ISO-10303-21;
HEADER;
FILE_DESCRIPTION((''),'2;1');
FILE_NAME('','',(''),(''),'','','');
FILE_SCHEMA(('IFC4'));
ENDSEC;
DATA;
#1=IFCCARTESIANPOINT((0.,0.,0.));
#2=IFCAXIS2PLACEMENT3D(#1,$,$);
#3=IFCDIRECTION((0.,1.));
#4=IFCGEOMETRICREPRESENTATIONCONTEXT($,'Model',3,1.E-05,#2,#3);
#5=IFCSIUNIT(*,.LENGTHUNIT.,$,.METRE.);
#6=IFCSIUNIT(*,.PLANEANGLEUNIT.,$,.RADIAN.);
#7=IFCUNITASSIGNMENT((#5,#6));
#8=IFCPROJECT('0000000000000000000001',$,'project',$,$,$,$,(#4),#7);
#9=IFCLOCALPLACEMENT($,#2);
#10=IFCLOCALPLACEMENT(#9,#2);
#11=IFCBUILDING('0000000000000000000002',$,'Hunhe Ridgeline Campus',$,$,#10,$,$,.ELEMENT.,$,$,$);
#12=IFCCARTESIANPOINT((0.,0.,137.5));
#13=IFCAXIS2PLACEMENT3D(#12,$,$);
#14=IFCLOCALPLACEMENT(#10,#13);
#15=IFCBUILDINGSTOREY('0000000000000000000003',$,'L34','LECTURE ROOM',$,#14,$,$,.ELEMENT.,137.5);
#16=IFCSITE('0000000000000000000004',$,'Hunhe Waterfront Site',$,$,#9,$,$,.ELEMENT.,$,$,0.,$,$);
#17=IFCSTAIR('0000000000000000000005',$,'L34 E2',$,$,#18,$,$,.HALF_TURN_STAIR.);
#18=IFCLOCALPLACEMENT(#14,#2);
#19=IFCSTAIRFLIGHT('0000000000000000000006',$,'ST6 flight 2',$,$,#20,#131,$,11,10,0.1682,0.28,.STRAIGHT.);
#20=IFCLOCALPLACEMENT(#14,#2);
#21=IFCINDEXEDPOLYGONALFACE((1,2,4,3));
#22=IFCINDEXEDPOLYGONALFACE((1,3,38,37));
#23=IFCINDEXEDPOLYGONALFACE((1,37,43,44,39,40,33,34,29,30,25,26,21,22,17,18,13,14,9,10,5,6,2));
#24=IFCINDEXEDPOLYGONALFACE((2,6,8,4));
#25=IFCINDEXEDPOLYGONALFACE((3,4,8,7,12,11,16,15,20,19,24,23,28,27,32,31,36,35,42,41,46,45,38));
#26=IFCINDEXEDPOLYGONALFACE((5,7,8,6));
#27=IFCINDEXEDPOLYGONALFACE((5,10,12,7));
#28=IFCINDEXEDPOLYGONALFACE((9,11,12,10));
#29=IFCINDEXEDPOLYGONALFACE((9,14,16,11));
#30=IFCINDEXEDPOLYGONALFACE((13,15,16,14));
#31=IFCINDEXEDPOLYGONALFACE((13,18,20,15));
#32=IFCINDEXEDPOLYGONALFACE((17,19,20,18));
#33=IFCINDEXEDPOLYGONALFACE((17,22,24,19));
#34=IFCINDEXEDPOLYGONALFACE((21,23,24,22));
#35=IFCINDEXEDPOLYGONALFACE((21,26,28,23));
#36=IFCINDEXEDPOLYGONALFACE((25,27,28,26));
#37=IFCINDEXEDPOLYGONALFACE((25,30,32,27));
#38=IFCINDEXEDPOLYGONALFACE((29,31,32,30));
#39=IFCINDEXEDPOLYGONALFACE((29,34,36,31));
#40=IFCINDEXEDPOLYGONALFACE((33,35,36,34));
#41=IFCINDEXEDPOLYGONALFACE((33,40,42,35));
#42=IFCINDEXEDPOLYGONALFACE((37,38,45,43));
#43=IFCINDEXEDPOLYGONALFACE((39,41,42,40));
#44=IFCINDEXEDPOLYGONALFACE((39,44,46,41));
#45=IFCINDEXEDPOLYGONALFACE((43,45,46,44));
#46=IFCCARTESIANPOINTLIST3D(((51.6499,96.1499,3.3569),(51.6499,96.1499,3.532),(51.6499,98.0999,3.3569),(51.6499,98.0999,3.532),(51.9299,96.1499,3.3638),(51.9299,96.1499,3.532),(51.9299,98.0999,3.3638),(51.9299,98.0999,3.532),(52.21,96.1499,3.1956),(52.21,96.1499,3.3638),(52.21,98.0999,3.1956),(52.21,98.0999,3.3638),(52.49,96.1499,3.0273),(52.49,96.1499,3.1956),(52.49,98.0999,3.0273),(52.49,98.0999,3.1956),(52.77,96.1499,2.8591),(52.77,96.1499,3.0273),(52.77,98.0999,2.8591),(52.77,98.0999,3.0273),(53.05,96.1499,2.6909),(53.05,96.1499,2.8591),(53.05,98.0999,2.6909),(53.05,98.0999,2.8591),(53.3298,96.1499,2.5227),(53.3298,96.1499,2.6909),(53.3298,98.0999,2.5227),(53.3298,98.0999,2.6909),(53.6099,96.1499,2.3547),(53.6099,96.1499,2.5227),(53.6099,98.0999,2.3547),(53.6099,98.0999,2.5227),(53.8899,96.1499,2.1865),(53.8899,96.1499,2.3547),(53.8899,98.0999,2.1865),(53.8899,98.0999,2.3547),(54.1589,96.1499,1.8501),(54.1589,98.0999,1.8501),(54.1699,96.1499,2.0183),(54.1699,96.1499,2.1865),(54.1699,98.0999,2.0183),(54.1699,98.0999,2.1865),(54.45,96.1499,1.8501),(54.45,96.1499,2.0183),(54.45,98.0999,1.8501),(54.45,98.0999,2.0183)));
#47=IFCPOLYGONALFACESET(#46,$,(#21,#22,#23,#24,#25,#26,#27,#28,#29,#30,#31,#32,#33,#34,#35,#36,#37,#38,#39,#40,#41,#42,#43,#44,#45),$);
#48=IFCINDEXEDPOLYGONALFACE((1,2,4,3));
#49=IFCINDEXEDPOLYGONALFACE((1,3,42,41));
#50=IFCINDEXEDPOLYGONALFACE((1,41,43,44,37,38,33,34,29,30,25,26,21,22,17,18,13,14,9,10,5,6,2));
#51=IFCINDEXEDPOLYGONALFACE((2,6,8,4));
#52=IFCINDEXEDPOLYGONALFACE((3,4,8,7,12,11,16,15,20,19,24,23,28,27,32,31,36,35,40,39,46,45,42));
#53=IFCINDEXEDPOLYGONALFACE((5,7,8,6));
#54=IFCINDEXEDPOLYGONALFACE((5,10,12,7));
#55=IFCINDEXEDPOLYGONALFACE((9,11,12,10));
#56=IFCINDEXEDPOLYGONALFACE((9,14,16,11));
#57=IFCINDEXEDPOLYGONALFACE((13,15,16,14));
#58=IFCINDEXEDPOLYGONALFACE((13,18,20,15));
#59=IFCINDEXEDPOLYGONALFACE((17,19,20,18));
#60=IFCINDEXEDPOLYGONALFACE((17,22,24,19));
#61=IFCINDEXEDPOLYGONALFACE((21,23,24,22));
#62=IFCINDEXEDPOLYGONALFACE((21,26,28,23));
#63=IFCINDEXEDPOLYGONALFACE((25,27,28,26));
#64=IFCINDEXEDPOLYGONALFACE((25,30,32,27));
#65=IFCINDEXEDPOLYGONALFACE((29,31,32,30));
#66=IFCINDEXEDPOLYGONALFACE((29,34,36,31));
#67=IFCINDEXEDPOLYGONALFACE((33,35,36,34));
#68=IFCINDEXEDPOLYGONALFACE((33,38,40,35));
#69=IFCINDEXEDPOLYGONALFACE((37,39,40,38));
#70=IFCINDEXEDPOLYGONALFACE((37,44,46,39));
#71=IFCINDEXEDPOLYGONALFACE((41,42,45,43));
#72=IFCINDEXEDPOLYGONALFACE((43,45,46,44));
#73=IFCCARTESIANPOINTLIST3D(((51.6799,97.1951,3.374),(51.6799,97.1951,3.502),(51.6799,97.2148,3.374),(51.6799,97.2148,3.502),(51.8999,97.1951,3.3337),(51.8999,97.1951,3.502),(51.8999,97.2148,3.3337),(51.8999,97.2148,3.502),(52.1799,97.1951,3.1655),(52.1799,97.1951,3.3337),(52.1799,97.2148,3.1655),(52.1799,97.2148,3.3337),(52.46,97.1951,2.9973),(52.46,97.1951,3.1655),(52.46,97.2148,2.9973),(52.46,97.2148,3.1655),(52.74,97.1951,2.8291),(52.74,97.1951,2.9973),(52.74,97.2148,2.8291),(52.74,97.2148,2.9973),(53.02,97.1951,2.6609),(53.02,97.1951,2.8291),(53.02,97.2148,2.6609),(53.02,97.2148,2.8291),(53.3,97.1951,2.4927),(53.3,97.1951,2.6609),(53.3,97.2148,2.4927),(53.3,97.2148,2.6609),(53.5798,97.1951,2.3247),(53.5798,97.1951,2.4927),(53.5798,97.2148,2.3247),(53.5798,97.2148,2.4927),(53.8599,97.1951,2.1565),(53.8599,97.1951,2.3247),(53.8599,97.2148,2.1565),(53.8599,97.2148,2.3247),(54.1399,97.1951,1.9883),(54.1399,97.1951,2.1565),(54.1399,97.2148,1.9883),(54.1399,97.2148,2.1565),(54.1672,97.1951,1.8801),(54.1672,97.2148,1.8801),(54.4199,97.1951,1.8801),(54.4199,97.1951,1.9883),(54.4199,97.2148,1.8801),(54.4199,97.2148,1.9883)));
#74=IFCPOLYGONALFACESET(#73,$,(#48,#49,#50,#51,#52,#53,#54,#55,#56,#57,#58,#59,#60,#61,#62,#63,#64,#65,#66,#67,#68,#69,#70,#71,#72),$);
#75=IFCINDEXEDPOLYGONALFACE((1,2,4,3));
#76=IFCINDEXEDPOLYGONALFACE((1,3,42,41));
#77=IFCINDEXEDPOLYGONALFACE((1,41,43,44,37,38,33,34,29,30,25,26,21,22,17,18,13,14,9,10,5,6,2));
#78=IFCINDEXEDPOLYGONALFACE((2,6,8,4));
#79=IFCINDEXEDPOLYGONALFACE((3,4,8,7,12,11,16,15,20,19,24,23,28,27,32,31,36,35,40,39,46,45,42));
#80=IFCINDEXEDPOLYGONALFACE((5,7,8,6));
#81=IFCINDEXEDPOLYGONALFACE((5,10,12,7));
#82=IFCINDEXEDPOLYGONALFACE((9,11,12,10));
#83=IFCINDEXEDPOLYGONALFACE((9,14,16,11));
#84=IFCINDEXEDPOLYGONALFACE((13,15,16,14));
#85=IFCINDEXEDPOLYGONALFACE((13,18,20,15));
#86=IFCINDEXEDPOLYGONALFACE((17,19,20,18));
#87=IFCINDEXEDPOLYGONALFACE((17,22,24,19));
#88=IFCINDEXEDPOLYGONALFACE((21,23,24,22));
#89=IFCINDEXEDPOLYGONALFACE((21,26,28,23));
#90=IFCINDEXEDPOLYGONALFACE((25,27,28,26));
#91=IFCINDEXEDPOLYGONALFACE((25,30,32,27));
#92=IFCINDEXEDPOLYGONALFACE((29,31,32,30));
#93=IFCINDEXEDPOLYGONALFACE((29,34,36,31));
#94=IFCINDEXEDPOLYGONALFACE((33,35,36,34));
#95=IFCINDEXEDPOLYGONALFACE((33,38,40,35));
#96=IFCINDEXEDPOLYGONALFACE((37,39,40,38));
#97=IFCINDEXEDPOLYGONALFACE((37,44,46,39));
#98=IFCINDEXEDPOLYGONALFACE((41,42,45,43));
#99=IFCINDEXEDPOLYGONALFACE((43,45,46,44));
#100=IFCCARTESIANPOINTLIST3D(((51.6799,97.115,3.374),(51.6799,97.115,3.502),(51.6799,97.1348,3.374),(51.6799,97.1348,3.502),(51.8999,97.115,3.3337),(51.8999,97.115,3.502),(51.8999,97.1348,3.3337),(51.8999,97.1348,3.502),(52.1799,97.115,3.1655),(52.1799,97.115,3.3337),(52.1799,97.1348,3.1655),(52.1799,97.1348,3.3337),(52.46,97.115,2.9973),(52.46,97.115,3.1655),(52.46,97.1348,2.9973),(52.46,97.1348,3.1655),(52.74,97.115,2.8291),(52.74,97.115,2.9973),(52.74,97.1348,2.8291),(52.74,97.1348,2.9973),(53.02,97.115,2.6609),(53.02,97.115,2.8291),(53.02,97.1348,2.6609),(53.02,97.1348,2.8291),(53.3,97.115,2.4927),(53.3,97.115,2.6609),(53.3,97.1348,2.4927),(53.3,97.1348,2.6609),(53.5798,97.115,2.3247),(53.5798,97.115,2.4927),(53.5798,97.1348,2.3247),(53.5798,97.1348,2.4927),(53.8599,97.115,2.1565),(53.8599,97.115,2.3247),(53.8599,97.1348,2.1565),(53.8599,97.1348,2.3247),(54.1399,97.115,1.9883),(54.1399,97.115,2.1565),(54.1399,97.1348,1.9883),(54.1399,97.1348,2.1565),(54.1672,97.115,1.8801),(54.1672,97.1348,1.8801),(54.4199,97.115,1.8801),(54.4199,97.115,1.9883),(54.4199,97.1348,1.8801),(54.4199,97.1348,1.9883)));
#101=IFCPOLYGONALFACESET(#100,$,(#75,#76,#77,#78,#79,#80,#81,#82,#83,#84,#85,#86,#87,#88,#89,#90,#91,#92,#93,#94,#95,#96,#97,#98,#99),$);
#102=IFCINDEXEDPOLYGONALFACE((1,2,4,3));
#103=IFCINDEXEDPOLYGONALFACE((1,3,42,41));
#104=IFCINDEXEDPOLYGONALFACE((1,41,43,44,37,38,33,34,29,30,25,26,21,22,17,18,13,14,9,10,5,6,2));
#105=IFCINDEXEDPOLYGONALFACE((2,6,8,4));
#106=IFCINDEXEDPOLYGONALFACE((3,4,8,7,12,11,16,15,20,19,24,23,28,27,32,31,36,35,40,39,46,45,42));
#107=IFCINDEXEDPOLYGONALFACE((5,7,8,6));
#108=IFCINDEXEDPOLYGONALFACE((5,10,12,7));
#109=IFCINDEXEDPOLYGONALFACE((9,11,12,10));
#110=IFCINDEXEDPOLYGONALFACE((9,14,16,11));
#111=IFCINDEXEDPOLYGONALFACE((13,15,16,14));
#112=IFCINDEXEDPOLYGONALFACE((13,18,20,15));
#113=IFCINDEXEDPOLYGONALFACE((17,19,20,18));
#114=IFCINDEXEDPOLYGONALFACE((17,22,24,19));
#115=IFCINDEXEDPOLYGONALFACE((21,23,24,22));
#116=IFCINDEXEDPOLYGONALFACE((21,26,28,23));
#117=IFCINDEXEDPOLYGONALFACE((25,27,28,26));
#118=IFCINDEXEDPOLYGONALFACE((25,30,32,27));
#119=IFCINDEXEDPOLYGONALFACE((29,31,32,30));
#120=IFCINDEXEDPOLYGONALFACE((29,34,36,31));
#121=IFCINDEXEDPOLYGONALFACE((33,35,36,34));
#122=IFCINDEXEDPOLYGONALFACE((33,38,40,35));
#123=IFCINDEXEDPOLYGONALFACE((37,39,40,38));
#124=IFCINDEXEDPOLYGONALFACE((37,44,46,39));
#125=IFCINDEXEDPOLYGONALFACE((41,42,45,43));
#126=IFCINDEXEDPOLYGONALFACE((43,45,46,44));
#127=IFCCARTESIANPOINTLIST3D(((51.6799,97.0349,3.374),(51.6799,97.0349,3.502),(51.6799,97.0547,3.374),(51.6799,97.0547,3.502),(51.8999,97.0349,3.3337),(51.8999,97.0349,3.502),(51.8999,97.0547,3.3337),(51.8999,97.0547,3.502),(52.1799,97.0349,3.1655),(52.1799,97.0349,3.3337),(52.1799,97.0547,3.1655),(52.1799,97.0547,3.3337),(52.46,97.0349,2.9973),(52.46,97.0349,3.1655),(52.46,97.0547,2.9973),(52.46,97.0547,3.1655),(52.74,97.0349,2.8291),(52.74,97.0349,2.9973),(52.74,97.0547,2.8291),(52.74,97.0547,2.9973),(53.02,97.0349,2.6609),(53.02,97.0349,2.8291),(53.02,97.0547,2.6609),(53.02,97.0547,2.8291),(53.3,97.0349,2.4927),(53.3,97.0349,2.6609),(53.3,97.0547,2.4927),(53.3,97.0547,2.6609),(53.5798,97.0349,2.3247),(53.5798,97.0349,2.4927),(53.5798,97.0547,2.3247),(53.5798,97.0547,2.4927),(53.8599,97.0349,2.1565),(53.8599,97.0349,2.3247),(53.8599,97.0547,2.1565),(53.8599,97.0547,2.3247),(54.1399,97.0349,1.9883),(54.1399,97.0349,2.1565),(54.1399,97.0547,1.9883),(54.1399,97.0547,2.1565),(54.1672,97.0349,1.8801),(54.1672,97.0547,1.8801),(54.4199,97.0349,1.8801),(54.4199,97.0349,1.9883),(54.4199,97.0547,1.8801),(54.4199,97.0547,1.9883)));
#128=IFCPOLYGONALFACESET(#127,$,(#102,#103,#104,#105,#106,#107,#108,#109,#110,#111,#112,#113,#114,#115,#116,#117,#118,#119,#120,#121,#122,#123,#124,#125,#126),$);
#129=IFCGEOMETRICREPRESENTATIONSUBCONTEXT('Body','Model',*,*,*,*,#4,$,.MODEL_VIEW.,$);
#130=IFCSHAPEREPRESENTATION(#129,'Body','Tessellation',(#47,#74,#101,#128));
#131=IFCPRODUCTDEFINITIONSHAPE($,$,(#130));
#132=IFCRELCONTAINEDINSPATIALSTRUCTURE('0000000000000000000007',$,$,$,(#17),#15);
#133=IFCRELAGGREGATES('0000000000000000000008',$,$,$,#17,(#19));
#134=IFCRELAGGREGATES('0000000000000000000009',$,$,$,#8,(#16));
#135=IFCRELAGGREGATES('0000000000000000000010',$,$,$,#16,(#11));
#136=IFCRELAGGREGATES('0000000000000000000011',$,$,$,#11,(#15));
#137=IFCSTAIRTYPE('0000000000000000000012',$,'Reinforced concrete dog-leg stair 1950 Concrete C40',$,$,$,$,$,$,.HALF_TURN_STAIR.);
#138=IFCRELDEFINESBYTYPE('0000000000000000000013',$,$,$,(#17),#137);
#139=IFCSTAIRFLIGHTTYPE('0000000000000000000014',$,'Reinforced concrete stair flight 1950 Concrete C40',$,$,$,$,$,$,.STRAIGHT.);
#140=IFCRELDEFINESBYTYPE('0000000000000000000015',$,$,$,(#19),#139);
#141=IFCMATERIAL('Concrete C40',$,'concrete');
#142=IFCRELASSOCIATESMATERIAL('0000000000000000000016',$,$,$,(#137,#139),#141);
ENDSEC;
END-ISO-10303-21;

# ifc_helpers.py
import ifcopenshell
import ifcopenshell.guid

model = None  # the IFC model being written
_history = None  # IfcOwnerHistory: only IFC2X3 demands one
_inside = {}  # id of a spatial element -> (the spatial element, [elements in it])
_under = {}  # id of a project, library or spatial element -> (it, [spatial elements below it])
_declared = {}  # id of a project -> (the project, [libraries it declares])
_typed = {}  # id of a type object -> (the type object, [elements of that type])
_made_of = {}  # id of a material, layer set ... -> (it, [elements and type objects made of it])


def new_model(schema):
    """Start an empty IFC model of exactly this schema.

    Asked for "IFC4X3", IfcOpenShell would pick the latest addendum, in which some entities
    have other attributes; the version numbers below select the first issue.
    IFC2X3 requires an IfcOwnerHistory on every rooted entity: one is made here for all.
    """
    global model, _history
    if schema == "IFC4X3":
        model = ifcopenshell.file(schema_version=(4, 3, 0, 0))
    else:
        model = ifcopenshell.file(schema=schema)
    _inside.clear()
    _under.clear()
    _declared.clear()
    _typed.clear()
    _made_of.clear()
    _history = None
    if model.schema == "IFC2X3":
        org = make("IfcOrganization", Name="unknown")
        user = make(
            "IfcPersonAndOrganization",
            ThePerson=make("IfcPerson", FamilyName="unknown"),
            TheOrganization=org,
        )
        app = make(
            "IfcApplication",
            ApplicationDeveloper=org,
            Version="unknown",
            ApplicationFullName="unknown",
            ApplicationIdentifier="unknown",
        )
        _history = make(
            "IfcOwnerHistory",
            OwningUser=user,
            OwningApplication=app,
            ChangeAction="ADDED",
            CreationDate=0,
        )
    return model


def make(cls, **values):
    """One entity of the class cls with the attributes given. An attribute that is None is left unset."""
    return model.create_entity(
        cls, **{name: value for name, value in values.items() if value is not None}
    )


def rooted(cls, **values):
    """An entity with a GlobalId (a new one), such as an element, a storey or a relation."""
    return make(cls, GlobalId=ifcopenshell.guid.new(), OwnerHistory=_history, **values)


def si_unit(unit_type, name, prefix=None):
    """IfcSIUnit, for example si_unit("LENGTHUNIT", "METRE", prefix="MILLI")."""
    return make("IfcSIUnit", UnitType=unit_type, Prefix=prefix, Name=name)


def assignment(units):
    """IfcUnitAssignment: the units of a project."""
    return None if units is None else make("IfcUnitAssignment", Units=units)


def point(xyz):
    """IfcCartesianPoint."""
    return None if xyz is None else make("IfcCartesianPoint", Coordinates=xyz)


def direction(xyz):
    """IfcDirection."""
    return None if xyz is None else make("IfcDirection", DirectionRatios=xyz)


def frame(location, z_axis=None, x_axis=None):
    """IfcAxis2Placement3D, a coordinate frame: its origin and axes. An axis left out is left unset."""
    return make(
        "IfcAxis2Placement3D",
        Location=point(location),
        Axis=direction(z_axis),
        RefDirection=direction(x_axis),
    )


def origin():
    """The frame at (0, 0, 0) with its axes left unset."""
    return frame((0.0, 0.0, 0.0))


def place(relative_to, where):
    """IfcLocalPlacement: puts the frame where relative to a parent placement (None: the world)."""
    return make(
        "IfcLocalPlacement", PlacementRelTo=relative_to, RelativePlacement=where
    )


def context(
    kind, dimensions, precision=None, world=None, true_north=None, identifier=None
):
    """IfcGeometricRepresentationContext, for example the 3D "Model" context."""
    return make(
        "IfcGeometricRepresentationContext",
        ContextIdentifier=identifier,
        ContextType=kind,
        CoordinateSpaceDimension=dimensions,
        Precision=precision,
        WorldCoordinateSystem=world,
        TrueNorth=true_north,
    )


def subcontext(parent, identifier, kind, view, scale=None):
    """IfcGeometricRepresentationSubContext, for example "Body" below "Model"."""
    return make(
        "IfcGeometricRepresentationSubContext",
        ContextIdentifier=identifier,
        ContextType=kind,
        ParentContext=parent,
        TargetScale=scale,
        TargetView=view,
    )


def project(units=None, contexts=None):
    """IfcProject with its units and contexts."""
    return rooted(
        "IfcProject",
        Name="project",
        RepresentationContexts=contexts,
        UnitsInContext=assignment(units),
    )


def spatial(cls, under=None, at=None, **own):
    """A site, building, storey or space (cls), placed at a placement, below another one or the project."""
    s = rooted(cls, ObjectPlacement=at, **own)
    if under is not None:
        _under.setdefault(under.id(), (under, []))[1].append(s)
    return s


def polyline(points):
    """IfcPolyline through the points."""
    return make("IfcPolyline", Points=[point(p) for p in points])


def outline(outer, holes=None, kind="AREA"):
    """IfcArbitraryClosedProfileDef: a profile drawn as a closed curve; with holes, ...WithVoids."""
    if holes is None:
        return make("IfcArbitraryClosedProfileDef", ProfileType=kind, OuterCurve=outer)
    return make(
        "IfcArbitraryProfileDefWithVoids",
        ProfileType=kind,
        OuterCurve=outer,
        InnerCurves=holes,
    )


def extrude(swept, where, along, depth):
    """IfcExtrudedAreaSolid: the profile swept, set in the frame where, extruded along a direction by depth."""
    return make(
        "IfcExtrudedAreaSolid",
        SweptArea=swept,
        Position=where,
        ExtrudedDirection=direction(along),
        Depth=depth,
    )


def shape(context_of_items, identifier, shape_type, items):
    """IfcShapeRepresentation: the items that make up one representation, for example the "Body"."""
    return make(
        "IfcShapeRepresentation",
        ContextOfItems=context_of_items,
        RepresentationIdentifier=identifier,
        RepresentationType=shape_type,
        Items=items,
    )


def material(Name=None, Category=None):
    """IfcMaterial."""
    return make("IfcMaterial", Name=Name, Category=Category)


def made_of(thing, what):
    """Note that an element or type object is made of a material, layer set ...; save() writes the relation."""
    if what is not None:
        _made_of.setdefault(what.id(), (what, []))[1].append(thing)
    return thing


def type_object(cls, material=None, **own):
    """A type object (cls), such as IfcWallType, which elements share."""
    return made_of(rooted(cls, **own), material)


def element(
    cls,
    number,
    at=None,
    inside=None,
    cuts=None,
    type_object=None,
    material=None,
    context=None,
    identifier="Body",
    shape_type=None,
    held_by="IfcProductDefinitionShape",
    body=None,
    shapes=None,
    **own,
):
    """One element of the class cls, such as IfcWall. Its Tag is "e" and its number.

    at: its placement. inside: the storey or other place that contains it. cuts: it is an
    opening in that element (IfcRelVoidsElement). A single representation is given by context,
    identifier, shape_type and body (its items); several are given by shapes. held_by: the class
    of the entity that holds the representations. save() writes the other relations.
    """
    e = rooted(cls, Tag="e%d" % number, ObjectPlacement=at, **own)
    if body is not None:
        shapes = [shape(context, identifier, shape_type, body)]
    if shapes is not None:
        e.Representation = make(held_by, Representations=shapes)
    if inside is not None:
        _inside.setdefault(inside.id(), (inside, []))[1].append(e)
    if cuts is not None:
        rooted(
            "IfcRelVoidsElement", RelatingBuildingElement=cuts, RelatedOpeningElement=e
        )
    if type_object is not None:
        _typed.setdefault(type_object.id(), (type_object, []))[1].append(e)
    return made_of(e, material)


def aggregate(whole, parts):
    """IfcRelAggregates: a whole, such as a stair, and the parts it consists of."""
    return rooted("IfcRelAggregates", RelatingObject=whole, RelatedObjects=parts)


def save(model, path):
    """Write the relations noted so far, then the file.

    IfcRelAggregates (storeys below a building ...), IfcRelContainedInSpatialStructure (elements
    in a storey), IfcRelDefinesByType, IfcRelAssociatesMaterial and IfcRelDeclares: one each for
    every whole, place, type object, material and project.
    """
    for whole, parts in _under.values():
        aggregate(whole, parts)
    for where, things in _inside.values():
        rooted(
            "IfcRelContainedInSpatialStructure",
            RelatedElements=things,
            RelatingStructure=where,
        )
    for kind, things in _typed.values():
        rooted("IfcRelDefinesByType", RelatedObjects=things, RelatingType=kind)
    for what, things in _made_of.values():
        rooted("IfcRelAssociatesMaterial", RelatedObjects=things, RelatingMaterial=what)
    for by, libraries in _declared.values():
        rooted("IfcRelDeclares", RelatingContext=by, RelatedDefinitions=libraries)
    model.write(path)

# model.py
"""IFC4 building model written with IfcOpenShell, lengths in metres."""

from ifc_helpers import new_model, si_unit, direction, frame, origin, place, context, subcontext, project, spatial, polyline, outline, extrude, material, type_object, element, aggregate, save


model = new_model("IFC4")

# Units and contexts
model_context = context("Model", 3, precision=1e-05, world=origin(), true_north=direction((0.0, 1.0)))
body_context = subcontext(model_context, "Body", "Model", "MODEL_VIEW")
ifc_project = project(units=[si_unit("LENGTHUNIT", "METRE"), si_unit("PLANEANGLEUNIT", "RADIAN")], contexts=[model_context])

# Site, building, storey
site_placement = place(None, origin())
site = spatial("IfcSite", under=ifc_project, at=site_placement, Name="Hunhe Waterfront Site", CompositionType="ELEMENT", RefElevation=0.0)
building_placement = place(site_placement, origin())
building = spatial("IfcBuilding", under=site, at=building_placement, Name="Hunhe Ridgeline Campus", CompositionType="ELEMENT")
storey_placement = place(building_placement, frame((0.0, 0.0, 137.5)))
storey = spatial("IfcBuildingStorey", under=building, at=storey_placement, Name="L34", Description="LECTURE ROOM", CompositionType="ELEMENT", Elevation=137.5)

# Shared definitions
ifc_material_1 = material(Name="Concrete C40", Category="concrete")
stair_type = type_object("IfcStairType", Name="Reinforced concrete dog-leg stair 1950 Concrete C40", PredefinedType="HALF_TURN_STAIR", material=ifc_material_1)
stair_flight_type = type_object("IfcStairFlightType", Name="Reinforced concrete stair flight 1950 Concrete C40", PredefinedType="STRAIGHT", material=ifc_material_1)

# Stair, stair flight
stair_1_placement = place(storey_placement, origin())
stair_1 = element("IfcStair", 1, at=stair_1_placement, inside=storey, type_object=stair_type, Name="L34 E2", PredefinedType="HALF_TURN_STAIR")
stair_flight_1_placement = place(storey_placement, frame((54.45, 97.125, 1.8501), z_axis=(0.0, 0.0, 1.0), x_axis=(-1.0, 0.0, 0.0)))
stair_flight_1 = element("IfcStairFlight", 2, at=stair_flight_1_placement, type_object=stair_flight_type, Name="ST6 flight 2", NumberOfRisers=11, NumberOfTreads=10, PredefinedType="STRAIGHT", RiserHeight=0.1682, TreadLength=0.28, context=body_context, shape_type="SweptSolid", body=[
    extrude(outline(polyline([(0.0, 0.0), (0.0, 0.1682), (0.28, 0.1682), (0.28, 0.3364), (0.5601, 0.3364), (0.5601, 0.5046), (0.8401, 0.5046), (0.8401, 0.6726), (1.1201, 0.6726), (1.1201, 0.8408), (1.3999, 0.8408), (1.3999, 1.009), (1.6799, 1.009), (1.6799, 1.1772), (1.96, 1.1772), (1.96, 1.3455), (2.24, 1.3455), (2.24, 1.5137), (2.52, 1.5137), (2.52, 1.6819), (2.8, 1.6819), (2.8, 1.8501), (2.8, 1.5068), (0.291, 0.0), (0.0, 0.0)])), frame((0.0, 0.9751, 0.0), z_axis=(0.0, -1.0, 0.0), x_axis=(1.0, 0.0, 0.0)), (0.0, 0.0, 1.0), 1.95),
    extrude(outline(polyline([(0.03, 0.03), (0.03, 0.1382), (0.3101, 0.1382), (0.3101, 0.3064), (0.5901, 0.3064), (0.5901, 0.4746), (0.8701, 0.4746), (0.8701, 0.6426), (1.1499, 0.6426), (1.1499, 0.8108), (1.4299, 0.8108), (1.4299, 0.979), (1.71, 0.979), (1.71, 1.1472), (1.99, 1.1472), (1.99, 1.3154), (2.27, 1.3154), (2.27, 1.4836), (2.55, 1.4836), (2.55, 1.6519), (2.77, 1.6519), (2.77, 1.5239), (0.2827, 0.03), (0.03, 0.03)])), frame((0.0, -0.0701, 0.0), z_axis=(0.0, -1.0, 0.0), x_axis=(1.0, 0.0, 0.0)), (0.0, 0.0, 1.0), 0.0198),
    extrude(outline(polyline([(0.03, 0.03), (0.03, 0.1382), (0.3101, 0.1382), (0.3101, 0.3064), (0.5901, 0.3064), (0.5901, 0.4746), (0.8701, 0.4746), (0.8701, 0.6426), (1.1499, 0.6426), (1.1499, 0.8108), (1.4299, 0.8108), (1.4299, 0.979), (1.71, 0.979), (1.71, 1.1472), (1.99, 1.1472), (1.99, 1.3154), (2.27, 1.3154), (2.27, 1.4836), (2.55, 1.4836), (2.55, 1.6519), (2.77, 1.6519), (2.77, 1.5239), (0.2827, 0.03), (0.03, 0.03)])), frame((0.0, 0.01, 0.0), z_axis=(0.0, -1.0, 0.0), x_axis=(1.0, 0.0, 0.0)), (0.0, 0.0, 1.0), 0.0198),
    extrude(outline(polyline([(0.03, 0.03), (0.03, 0.1382), (0.3101, 0.1382), (0.3101, 0.3064), (0.5901, 0.3064), (0.5901, 0.4746), (0.8701, 0.4746), (0.8701, 0.6426), (1.1499, 0.6426), (1.1499, 0.8108), (1.4299, 0.8108), (1.4299, 0.979), (1.71, 0.979), (1.71, 1.1472), (1.99, 1.1472), (1.99, 1.3154), (2.27, 1.3154), (2.27, 1.4836), (2.55, 1.4836), (2.55, 1.6519), (2.77, 1.6519), (2.77, 1.5239), (0.2827, 0.03), (0.03, 0.03)])), frame((0.0, 0.0901, 0.0), z_axis=(0.0, -1.0, 0.0), x_axis=(1.0, 0.0, 0.0)), (0.0, 0.0, 1.0), 0.0198),
])
aggregate(stair_1, [stair_flight_1])

save(model, "model.ifc")
